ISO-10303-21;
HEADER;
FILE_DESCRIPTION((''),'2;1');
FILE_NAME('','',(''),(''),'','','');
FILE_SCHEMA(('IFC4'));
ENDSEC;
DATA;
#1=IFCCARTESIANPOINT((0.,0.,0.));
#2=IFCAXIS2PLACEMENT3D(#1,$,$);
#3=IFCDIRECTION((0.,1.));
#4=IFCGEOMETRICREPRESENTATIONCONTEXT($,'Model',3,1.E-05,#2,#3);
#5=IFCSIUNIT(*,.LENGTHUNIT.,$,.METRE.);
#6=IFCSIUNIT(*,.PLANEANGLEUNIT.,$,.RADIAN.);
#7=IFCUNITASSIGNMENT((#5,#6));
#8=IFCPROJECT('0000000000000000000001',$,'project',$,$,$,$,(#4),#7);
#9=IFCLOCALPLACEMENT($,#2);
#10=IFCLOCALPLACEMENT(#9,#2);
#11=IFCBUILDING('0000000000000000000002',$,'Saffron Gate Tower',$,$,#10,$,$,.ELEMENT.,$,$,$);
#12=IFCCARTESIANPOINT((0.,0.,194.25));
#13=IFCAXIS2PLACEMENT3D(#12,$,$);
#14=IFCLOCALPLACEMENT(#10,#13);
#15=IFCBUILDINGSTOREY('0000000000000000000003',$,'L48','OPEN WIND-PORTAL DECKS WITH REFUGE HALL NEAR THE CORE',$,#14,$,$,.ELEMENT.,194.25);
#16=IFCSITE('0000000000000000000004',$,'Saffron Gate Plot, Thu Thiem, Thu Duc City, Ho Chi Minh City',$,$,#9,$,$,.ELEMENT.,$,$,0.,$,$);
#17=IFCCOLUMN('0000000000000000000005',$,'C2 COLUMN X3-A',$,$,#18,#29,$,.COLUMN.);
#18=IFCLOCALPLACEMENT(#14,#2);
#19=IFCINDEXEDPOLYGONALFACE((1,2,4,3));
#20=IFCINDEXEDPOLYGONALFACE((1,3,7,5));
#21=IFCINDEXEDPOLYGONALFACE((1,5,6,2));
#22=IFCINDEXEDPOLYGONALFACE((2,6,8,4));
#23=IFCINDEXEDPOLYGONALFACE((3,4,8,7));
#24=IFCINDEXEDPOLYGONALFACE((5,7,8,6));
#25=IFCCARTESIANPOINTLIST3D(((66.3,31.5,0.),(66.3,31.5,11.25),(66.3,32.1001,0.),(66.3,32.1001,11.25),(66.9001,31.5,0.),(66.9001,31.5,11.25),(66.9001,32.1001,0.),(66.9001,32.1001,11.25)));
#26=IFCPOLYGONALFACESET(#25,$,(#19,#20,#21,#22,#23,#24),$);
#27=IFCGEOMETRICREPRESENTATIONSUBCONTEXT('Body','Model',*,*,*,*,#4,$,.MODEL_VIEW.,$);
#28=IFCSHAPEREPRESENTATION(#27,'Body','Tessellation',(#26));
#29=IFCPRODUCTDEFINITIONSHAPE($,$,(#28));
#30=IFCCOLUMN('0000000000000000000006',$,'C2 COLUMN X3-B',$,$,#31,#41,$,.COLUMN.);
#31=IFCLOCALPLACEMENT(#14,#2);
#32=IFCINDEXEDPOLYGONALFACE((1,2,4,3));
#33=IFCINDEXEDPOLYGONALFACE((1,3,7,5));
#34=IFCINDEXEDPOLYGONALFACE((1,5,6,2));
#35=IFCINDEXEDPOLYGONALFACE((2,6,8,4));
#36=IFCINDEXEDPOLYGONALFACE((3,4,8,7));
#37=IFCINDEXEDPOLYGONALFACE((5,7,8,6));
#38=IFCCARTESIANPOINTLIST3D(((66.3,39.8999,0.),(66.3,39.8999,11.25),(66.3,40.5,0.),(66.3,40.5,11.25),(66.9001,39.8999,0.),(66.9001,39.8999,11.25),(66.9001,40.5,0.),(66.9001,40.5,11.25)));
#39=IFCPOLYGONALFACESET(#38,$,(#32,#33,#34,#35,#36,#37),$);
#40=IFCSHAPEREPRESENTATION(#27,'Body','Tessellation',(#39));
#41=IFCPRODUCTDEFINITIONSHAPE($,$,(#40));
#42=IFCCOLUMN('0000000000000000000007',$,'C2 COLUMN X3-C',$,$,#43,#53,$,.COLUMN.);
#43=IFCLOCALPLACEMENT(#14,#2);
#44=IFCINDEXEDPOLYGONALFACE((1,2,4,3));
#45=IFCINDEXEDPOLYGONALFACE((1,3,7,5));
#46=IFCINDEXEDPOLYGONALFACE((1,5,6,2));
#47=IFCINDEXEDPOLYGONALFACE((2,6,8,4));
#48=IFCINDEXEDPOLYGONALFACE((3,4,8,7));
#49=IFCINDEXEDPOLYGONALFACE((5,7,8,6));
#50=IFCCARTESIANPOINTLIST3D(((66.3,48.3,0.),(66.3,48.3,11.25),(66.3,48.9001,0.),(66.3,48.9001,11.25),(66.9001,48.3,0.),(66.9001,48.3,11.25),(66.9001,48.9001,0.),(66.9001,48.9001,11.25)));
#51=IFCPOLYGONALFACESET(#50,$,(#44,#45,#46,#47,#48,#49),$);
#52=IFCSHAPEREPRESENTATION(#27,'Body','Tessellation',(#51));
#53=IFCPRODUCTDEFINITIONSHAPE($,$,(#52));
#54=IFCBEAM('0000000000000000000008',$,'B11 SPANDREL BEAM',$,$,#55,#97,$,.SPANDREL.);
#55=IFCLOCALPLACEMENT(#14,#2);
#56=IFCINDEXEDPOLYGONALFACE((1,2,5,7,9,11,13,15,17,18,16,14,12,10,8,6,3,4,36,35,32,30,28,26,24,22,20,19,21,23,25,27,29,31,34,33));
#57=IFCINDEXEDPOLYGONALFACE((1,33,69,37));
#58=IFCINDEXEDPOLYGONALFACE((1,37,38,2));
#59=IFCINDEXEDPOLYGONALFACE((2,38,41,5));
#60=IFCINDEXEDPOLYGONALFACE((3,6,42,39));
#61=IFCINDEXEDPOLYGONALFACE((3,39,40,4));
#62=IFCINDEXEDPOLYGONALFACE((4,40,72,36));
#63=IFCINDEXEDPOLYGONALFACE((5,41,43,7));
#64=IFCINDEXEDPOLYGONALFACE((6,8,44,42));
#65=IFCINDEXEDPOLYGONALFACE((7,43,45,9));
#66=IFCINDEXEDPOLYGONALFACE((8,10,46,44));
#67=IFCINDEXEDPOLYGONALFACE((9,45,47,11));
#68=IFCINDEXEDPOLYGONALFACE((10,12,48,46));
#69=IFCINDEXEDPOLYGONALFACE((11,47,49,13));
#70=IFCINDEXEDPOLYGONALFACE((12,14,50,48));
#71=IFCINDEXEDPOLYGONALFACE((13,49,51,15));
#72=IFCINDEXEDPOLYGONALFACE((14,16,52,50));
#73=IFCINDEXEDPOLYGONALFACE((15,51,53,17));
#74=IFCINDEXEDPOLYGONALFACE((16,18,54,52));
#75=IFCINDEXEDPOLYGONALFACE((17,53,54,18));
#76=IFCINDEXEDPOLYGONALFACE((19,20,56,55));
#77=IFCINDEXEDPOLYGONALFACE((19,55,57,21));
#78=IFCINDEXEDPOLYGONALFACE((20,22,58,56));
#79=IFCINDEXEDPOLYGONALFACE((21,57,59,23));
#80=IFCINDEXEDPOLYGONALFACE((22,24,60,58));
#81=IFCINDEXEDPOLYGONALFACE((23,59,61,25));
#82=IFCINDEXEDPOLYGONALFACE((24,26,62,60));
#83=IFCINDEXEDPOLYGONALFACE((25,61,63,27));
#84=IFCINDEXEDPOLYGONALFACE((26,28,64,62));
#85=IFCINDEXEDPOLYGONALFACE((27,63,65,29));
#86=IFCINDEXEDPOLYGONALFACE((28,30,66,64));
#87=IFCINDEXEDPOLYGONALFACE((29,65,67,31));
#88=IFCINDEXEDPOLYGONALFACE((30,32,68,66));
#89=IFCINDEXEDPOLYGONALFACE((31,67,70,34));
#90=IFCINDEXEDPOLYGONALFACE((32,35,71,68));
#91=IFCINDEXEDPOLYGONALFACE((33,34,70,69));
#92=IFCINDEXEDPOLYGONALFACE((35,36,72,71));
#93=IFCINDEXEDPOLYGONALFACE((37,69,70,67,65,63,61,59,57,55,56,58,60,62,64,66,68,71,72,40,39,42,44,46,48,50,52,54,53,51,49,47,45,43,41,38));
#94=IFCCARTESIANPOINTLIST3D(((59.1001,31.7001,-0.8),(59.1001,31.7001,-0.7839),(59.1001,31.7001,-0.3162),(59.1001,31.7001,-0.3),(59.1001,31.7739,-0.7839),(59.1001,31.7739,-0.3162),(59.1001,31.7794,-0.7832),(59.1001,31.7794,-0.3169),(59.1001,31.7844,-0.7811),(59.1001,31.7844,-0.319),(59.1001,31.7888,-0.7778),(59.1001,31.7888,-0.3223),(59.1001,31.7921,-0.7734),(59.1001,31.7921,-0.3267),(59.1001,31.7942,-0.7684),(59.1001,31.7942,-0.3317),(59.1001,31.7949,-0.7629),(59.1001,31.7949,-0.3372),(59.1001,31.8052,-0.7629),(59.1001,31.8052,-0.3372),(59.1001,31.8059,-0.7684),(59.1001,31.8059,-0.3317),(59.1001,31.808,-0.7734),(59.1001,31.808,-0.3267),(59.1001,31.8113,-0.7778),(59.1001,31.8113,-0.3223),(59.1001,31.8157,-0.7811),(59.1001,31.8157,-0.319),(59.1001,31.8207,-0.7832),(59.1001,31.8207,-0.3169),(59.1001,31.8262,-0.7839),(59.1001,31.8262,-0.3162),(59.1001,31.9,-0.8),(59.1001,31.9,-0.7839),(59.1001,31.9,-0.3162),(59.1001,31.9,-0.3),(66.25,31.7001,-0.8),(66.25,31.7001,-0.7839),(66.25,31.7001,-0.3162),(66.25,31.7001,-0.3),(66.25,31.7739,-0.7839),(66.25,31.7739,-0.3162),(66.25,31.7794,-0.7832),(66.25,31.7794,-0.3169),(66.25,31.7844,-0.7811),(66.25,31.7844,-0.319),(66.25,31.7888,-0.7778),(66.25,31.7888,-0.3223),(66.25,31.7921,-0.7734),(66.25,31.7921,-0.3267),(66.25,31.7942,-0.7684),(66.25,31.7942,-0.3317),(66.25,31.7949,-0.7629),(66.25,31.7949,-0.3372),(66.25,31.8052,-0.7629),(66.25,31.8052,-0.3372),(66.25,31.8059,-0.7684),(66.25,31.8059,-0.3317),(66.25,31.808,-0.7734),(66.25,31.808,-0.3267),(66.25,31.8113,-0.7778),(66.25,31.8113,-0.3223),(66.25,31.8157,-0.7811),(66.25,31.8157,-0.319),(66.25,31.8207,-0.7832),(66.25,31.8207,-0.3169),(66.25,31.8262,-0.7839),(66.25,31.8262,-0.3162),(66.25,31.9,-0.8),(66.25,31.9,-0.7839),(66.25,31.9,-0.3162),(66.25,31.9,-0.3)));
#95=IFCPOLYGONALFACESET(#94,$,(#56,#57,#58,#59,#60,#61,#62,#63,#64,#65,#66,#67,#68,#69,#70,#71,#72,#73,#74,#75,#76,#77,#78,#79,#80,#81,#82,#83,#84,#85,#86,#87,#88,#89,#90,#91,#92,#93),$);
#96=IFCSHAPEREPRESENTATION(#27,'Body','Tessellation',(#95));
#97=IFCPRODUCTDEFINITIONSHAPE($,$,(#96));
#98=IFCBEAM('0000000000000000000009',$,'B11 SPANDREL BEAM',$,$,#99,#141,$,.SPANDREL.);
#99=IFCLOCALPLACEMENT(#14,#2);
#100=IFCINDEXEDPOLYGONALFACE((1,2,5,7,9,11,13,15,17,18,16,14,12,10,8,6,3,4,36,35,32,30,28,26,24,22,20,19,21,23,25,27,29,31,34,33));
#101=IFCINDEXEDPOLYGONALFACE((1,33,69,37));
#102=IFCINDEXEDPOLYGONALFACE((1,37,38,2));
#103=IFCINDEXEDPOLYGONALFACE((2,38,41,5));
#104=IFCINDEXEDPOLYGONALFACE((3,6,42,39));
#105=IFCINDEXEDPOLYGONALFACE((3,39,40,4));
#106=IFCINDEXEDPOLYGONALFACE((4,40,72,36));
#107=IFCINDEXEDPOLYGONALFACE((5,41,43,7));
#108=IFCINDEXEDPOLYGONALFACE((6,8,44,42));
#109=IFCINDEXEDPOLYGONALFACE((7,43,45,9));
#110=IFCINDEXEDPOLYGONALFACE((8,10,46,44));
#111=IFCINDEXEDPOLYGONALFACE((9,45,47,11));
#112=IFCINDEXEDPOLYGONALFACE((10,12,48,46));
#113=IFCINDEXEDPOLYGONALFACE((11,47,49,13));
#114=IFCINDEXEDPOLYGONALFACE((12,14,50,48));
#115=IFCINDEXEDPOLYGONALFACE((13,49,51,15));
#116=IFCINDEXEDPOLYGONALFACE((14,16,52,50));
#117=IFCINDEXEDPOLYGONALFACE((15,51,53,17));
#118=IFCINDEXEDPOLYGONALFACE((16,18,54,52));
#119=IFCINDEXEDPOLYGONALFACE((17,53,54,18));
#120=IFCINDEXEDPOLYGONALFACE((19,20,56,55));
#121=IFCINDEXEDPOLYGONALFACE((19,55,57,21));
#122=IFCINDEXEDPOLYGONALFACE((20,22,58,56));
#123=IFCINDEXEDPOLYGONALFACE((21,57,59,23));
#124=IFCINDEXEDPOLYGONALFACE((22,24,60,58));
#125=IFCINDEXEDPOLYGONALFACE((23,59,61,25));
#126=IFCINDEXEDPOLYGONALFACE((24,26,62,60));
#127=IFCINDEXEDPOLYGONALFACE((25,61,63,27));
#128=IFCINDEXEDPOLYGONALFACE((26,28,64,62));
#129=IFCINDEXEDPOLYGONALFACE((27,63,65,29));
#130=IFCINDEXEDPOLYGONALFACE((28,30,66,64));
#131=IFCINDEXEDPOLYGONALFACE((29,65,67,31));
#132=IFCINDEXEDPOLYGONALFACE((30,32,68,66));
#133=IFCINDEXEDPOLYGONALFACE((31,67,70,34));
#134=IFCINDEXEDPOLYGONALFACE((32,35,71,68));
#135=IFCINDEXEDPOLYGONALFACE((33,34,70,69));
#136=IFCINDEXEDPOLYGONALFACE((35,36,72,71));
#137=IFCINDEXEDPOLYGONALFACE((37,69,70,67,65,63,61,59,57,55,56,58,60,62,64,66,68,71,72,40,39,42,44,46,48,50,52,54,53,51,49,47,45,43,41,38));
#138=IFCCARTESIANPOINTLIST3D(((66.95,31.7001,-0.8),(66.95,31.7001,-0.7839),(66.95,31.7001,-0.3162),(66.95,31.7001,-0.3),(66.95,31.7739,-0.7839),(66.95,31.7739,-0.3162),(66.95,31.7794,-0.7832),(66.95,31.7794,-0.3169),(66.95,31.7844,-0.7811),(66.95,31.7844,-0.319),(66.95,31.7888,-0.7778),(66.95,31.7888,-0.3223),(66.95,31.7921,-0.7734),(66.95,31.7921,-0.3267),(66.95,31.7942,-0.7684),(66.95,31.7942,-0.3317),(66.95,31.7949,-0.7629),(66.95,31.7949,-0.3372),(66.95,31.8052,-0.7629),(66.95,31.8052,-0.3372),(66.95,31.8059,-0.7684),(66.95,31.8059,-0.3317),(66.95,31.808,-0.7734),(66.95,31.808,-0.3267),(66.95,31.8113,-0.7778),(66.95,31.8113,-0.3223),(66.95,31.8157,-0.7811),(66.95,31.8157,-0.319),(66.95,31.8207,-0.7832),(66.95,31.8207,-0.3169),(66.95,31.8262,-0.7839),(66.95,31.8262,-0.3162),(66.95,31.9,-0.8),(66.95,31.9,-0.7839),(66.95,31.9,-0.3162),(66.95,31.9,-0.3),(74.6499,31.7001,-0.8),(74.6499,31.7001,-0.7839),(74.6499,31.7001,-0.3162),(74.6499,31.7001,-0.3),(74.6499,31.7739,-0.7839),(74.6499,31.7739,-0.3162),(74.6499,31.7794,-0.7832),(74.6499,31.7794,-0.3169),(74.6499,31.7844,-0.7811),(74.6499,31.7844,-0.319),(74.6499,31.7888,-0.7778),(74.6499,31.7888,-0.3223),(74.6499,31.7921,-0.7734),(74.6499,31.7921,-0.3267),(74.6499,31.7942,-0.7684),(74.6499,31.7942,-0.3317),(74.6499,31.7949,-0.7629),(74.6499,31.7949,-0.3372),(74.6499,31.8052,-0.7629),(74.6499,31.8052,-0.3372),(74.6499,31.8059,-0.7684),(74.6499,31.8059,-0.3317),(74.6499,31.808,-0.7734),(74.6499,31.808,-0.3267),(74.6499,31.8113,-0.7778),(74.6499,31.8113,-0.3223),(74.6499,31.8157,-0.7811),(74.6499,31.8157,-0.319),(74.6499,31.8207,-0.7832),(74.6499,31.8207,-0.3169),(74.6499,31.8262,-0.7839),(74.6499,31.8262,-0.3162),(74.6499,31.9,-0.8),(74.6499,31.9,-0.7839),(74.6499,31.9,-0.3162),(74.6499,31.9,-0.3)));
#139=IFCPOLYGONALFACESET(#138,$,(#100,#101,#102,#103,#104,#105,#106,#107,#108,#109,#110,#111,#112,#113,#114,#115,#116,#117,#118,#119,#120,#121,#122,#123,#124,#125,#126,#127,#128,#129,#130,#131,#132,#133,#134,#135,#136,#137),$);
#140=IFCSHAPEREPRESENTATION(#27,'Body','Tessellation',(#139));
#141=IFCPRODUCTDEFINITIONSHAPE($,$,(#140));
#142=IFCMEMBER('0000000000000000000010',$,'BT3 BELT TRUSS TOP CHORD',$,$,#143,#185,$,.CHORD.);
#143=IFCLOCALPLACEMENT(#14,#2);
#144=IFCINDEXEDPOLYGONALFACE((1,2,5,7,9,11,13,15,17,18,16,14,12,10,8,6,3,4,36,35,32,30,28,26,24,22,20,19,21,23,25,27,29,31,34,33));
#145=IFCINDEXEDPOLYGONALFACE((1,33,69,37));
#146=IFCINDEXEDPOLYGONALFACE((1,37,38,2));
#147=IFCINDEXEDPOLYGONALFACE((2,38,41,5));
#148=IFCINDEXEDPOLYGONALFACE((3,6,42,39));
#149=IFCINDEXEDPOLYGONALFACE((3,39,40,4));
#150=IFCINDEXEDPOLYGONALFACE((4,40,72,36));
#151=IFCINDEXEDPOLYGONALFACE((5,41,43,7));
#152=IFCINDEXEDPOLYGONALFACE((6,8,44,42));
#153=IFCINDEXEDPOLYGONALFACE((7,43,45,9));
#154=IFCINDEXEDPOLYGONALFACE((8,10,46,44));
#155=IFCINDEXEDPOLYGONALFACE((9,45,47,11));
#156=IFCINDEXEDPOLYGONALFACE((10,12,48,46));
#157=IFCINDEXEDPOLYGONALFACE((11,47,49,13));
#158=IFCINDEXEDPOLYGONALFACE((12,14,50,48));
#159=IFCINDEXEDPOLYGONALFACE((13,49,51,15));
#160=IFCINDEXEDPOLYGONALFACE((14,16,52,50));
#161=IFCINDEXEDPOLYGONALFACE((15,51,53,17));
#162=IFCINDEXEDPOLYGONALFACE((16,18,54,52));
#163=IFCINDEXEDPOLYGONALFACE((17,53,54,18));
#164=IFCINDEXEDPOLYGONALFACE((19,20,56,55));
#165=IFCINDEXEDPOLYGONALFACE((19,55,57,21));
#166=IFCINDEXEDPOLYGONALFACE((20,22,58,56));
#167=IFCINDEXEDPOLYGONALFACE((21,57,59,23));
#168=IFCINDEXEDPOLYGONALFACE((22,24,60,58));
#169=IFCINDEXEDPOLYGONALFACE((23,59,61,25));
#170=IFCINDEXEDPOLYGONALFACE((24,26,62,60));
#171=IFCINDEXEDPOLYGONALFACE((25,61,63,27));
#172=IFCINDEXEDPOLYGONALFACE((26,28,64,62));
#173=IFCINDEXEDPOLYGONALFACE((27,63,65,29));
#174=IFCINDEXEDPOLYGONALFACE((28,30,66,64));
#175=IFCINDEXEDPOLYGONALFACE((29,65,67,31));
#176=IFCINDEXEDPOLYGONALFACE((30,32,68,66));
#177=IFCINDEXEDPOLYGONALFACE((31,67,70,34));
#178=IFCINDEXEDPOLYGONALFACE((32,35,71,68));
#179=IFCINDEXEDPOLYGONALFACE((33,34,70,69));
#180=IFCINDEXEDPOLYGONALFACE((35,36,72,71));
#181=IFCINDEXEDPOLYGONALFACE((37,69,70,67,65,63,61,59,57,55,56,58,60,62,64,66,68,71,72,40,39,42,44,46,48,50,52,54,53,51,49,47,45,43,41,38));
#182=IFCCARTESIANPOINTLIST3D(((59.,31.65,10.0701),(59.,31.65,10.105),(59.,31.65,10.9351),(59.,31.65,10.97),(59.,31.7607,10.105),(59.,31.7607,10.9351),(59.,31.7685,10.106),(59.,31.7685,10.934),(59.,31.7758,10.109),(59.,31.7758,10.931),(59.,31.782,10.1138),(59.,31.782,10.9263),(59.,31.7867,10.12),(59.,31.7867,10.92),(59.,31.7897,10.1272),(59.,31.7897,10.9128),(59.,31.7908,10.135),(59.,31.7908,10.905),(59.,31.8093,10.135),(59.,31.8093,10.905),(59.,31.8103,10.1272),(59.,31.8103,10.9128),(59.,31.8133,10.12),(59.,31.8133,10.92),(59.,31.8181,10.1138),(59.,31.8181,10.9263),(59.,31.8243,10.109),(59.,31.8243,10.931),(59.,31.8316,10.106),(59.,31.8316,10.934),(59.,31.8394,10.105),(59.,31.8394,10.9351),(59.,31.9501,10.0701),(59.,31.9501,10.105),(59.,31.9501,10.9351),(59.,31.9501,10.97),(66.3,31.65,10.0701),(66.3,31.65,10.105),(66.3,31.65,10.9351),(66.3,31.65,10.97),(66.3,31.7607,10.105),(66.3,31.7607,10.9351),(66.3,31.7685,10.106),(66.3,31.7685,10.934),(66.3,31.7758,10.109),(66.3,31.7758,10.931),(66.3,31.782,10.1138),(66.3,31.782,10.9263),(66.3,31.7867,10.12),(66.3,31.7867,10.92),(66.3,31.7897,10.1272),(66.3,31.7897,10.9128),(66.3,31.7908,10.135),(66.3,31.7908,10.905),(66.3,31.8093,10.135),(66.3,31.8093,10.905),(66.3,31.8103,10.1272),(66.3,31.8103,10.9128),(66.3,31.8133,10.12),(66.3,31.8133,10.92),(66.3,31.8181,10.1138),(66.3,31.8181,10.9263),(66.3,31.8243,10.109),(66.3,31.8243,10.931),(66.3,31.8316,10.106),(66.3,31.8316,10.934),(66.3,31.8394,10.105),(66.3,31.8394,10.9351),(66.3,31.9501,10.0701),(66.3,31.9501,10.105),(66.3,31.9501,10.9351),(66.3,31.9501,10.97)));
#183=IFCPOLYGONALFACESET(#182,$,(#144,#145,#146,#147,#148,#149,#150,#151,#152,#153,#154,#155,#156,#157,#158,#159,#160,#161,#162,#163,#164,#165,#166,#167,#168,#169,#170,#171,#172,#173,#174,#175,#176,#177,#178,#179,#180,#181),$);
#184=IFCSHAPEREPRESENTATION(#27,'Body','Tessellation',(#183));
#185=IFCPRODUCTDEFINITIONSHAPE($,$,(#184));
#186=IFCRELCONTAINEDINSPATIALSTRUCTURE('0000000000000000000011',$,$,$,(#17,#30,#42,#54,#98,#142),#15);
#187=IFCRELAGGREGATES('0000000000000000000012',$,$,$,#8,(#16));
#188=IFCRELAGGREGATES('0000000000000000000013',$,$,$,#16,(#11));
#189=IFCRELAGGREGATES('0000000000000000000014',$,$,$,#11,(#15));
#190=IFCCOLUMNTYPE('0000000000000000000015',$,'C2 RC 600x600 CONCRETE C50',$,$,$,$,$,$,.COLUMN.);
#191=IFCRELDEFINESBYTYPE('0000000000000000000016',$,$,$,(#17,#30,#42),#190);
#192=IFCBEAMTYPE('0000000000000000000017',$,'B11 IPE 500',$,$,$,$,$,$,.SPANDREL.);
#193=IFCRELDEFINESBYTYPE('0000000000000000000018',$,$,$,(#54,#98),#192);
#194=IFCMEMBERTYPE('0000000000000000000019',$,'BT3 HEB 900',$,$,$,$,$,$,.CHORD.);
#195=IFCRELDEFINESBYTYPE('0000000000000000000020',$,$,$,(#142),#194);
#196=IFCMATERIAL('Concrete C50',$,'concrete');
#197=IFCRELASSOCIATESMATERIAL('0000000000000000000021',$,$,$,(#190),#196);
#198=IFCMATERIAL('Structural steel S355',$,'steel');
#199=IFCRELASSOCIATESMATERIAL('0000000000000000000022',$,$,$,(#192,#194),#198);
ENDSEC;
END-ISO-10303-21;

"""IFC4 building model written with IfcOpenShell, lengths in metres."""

from ifc_helpers import new_model, si_unit, direction, frame, origin, origin_2d, place, context, subcontext, project, spatial, rectangle, i_section, extrude, material, material_profile, profile_set, type_object, element, save


model = new_model("IFC4")

# Units and contexts
model_context = context("Model", 3, precision=1e-05, world=origin(), true_north=direction((0.0, 1.0)))
body_context = subcontext(model_context, "Body", "Model", "MODEL_VIEW")
ifc_project = project(units=[si_unit("LENGTHUNIT", "METRE"), si_unit("PLANEANGLEUNIT", "RADIAN")], contexts=[model_context])

# Site, building, storey
site_placement = place(None, origin())
site = spatial("IfcSite", under=ifc_project, at=site_placement, Name="Saffron Gate Plot, Thu Thiem, Thu Duc City, Ho Chi Minh City", CompositionType="ELEMENT", RefElevation=0.0)
building_placement = place(site_placement, origin())
building = spatial("IfcBuilding", under=site, at=building_placement, Name="Saffron Gate Tower", CompositionType="ELEMENT")
storey_placement = place(building_placement, frame((0.0, 0.0, 194.25)))
storey = spatial("IfcBuildingStorey", under=building, at=storey_placement, Name="L48", Description="OPEN WIND-PORTAL DECKS WITH REFUGE HALL NEAR THE CORE", CompositionType="ELEMENT", Elevation=194.25)

# Columns
ifc_material_1 = material(Name="Concrete C50", Category="concrete")
ifc_material_profile_1 = material_profile(ifc_material_1, rectangle(XDim=0.6001, YDim=0.6001, at=origin_2d()))
ifc_profile_set_1 = profile_set([ifc_material_profile_1], Name="Concrete C50")
column_type = type_object("IfcColumnType", Name="C2 RC 600x600 CONCRETE C50", PredefinedType="COLUMN", material=ifc_profile_set_1)
for number, where, z_axis, x_axis, name in (
    (1, (66.6001, 31.8, 0.0), (0.0, 0.0, 1.0), (1.0, 0.0, 0.0), "C2 COLUMN X3-A"),
    (2, (66.6001, 40.2, 0.0), (0.0, 0.0, 1.0), (1.0, 0.0, 0.0), "C2 COLUMN X3-B"),
    (3, (66.6001, 48.6001, 0.0), (0.0, 0.0, 1.0), (1.0, 0.0, 0.0), "C2 COLUMN X3-C"),
):
    element("IfcColumn", number, at=place(storey_placement, frame(where, z_axis=z_axis, x_axis=x_axis)), inside=storey, type_object=column_type, Name=name, PredefinedType="COLUMN", context=body_context, shape_type="SweptSolid", body=[
        extrude(rectangle(XDim=0.6001, YDim=0.6001, at=origin_2d()), origin(), (0.0, 0.0, 1.0), 11.25),
    ])

# Beams
ifc_material_2 = material(Name="Structural steel S355", Category="steel")
ifc_material_profile_2 = material_profile(ifc_material_2, i_section(OverallWidth=0.2, OverallDepth=0.5, WebThickness=0.0103, FlangeThickness=0.0161, FilletRadius=0.021, at=origin_2d()))
ifc_profile_set_2 = profile_set([ifc_material_profile_2], Name="Structural steel S355")
beam_type = type_object("IfcBeamType", Name="B11 IPE 500", PredefinedType="SPANDREL", material=ifc_profile_set_2)
beam_1_placement = place(storey_placement, frame((59.1001, 31.8, -0.55), z_axis=(1.0, 0.0, 0.0), x_axis=(0.0, 1.0, 0.0)))
element("IfcBeam", 4, at=beam_1_placement, inside=storey, type_object=beam_type, Name="B11 SPANDREL BEAM", PredefinedType="SPANDREL", context=body_context, shape_type="SweptSolid", body=[
    extrude(i_section(OverallWidth=0.2, OverallDepth=0.5, WebThickness=0.0103, FlangeThickness=0.0161, FilletRadius=0.021, at=origin_2d()), origin(), (0.0, 0.0, 1.0), 7.1499),
])
beam_2_placement = place(storey_placement, frame((66.95, 31.8, -0.55), z_axis=(1.0, 0.0, 0.0), x_axis=(0.0, 1.0, 0.0)))
element("IfcBeam", 5, at=beam_2_placement, inside=storey, type_object=beam_type, Name="B11 SPANDREL BEAM", PredefinedType="SPANDREL", context=body_context, shape_type="SweptSolid", body=[
    extrude(i_section(OverallWidth=0.2, OverallDepth=0.5, WebThickness=0.0103, FlangeThickness=0.0161, FilletRadius=0.021, at=origin_2d()), origin(), (0.0, 0.0, 1.0), 7.7),
])

# Member
ifc_material_profile_3 = material_profile(ifc_material_2, i_section(OverallWidth=0.3, OverallDepth=0.8999, WebThickness=0.0186, FlangeThickness=0.0349, FilletRadius=0.03, at=origin_2d()))
ifc_profile_set_3 = profile_set([ifc_material_profile_3], Name="Structural steel S355")
member_type_1 = type_object("IfcMemberType", Name="BT3 HEB 900", PredefinedType="CHORD", material=ifc_profile_set_3)
for number, where, z_axis, x_axis, name in (
    (6, (59.0, 31.8, 10.52), (1.0, 0.0, 0.0), (0.0, 1.0, 0.0), "BT3 BELT TRUSS TOP CHORD"),
):
    element("IfcMember", number, at=place(storey_placement, frame(where, z_axis=z_axis, x_axis=x_axis)), inside=storey, type_object=member_type_1, Name=name, PredefinedType="CHORD", context=body_context, shape_type="SweptSolid", body=[
        extrude(i_section(OverallWidth=0.3, OverallDepth=0.8999, WebThickness=0.0186, FlangeThickness=0.0349, FilletRadius=0.03, at=origin_2d()), origin(), (0.0, 0.0, 1.0), 7.3),
    ])

save(model, "model.ifc")
